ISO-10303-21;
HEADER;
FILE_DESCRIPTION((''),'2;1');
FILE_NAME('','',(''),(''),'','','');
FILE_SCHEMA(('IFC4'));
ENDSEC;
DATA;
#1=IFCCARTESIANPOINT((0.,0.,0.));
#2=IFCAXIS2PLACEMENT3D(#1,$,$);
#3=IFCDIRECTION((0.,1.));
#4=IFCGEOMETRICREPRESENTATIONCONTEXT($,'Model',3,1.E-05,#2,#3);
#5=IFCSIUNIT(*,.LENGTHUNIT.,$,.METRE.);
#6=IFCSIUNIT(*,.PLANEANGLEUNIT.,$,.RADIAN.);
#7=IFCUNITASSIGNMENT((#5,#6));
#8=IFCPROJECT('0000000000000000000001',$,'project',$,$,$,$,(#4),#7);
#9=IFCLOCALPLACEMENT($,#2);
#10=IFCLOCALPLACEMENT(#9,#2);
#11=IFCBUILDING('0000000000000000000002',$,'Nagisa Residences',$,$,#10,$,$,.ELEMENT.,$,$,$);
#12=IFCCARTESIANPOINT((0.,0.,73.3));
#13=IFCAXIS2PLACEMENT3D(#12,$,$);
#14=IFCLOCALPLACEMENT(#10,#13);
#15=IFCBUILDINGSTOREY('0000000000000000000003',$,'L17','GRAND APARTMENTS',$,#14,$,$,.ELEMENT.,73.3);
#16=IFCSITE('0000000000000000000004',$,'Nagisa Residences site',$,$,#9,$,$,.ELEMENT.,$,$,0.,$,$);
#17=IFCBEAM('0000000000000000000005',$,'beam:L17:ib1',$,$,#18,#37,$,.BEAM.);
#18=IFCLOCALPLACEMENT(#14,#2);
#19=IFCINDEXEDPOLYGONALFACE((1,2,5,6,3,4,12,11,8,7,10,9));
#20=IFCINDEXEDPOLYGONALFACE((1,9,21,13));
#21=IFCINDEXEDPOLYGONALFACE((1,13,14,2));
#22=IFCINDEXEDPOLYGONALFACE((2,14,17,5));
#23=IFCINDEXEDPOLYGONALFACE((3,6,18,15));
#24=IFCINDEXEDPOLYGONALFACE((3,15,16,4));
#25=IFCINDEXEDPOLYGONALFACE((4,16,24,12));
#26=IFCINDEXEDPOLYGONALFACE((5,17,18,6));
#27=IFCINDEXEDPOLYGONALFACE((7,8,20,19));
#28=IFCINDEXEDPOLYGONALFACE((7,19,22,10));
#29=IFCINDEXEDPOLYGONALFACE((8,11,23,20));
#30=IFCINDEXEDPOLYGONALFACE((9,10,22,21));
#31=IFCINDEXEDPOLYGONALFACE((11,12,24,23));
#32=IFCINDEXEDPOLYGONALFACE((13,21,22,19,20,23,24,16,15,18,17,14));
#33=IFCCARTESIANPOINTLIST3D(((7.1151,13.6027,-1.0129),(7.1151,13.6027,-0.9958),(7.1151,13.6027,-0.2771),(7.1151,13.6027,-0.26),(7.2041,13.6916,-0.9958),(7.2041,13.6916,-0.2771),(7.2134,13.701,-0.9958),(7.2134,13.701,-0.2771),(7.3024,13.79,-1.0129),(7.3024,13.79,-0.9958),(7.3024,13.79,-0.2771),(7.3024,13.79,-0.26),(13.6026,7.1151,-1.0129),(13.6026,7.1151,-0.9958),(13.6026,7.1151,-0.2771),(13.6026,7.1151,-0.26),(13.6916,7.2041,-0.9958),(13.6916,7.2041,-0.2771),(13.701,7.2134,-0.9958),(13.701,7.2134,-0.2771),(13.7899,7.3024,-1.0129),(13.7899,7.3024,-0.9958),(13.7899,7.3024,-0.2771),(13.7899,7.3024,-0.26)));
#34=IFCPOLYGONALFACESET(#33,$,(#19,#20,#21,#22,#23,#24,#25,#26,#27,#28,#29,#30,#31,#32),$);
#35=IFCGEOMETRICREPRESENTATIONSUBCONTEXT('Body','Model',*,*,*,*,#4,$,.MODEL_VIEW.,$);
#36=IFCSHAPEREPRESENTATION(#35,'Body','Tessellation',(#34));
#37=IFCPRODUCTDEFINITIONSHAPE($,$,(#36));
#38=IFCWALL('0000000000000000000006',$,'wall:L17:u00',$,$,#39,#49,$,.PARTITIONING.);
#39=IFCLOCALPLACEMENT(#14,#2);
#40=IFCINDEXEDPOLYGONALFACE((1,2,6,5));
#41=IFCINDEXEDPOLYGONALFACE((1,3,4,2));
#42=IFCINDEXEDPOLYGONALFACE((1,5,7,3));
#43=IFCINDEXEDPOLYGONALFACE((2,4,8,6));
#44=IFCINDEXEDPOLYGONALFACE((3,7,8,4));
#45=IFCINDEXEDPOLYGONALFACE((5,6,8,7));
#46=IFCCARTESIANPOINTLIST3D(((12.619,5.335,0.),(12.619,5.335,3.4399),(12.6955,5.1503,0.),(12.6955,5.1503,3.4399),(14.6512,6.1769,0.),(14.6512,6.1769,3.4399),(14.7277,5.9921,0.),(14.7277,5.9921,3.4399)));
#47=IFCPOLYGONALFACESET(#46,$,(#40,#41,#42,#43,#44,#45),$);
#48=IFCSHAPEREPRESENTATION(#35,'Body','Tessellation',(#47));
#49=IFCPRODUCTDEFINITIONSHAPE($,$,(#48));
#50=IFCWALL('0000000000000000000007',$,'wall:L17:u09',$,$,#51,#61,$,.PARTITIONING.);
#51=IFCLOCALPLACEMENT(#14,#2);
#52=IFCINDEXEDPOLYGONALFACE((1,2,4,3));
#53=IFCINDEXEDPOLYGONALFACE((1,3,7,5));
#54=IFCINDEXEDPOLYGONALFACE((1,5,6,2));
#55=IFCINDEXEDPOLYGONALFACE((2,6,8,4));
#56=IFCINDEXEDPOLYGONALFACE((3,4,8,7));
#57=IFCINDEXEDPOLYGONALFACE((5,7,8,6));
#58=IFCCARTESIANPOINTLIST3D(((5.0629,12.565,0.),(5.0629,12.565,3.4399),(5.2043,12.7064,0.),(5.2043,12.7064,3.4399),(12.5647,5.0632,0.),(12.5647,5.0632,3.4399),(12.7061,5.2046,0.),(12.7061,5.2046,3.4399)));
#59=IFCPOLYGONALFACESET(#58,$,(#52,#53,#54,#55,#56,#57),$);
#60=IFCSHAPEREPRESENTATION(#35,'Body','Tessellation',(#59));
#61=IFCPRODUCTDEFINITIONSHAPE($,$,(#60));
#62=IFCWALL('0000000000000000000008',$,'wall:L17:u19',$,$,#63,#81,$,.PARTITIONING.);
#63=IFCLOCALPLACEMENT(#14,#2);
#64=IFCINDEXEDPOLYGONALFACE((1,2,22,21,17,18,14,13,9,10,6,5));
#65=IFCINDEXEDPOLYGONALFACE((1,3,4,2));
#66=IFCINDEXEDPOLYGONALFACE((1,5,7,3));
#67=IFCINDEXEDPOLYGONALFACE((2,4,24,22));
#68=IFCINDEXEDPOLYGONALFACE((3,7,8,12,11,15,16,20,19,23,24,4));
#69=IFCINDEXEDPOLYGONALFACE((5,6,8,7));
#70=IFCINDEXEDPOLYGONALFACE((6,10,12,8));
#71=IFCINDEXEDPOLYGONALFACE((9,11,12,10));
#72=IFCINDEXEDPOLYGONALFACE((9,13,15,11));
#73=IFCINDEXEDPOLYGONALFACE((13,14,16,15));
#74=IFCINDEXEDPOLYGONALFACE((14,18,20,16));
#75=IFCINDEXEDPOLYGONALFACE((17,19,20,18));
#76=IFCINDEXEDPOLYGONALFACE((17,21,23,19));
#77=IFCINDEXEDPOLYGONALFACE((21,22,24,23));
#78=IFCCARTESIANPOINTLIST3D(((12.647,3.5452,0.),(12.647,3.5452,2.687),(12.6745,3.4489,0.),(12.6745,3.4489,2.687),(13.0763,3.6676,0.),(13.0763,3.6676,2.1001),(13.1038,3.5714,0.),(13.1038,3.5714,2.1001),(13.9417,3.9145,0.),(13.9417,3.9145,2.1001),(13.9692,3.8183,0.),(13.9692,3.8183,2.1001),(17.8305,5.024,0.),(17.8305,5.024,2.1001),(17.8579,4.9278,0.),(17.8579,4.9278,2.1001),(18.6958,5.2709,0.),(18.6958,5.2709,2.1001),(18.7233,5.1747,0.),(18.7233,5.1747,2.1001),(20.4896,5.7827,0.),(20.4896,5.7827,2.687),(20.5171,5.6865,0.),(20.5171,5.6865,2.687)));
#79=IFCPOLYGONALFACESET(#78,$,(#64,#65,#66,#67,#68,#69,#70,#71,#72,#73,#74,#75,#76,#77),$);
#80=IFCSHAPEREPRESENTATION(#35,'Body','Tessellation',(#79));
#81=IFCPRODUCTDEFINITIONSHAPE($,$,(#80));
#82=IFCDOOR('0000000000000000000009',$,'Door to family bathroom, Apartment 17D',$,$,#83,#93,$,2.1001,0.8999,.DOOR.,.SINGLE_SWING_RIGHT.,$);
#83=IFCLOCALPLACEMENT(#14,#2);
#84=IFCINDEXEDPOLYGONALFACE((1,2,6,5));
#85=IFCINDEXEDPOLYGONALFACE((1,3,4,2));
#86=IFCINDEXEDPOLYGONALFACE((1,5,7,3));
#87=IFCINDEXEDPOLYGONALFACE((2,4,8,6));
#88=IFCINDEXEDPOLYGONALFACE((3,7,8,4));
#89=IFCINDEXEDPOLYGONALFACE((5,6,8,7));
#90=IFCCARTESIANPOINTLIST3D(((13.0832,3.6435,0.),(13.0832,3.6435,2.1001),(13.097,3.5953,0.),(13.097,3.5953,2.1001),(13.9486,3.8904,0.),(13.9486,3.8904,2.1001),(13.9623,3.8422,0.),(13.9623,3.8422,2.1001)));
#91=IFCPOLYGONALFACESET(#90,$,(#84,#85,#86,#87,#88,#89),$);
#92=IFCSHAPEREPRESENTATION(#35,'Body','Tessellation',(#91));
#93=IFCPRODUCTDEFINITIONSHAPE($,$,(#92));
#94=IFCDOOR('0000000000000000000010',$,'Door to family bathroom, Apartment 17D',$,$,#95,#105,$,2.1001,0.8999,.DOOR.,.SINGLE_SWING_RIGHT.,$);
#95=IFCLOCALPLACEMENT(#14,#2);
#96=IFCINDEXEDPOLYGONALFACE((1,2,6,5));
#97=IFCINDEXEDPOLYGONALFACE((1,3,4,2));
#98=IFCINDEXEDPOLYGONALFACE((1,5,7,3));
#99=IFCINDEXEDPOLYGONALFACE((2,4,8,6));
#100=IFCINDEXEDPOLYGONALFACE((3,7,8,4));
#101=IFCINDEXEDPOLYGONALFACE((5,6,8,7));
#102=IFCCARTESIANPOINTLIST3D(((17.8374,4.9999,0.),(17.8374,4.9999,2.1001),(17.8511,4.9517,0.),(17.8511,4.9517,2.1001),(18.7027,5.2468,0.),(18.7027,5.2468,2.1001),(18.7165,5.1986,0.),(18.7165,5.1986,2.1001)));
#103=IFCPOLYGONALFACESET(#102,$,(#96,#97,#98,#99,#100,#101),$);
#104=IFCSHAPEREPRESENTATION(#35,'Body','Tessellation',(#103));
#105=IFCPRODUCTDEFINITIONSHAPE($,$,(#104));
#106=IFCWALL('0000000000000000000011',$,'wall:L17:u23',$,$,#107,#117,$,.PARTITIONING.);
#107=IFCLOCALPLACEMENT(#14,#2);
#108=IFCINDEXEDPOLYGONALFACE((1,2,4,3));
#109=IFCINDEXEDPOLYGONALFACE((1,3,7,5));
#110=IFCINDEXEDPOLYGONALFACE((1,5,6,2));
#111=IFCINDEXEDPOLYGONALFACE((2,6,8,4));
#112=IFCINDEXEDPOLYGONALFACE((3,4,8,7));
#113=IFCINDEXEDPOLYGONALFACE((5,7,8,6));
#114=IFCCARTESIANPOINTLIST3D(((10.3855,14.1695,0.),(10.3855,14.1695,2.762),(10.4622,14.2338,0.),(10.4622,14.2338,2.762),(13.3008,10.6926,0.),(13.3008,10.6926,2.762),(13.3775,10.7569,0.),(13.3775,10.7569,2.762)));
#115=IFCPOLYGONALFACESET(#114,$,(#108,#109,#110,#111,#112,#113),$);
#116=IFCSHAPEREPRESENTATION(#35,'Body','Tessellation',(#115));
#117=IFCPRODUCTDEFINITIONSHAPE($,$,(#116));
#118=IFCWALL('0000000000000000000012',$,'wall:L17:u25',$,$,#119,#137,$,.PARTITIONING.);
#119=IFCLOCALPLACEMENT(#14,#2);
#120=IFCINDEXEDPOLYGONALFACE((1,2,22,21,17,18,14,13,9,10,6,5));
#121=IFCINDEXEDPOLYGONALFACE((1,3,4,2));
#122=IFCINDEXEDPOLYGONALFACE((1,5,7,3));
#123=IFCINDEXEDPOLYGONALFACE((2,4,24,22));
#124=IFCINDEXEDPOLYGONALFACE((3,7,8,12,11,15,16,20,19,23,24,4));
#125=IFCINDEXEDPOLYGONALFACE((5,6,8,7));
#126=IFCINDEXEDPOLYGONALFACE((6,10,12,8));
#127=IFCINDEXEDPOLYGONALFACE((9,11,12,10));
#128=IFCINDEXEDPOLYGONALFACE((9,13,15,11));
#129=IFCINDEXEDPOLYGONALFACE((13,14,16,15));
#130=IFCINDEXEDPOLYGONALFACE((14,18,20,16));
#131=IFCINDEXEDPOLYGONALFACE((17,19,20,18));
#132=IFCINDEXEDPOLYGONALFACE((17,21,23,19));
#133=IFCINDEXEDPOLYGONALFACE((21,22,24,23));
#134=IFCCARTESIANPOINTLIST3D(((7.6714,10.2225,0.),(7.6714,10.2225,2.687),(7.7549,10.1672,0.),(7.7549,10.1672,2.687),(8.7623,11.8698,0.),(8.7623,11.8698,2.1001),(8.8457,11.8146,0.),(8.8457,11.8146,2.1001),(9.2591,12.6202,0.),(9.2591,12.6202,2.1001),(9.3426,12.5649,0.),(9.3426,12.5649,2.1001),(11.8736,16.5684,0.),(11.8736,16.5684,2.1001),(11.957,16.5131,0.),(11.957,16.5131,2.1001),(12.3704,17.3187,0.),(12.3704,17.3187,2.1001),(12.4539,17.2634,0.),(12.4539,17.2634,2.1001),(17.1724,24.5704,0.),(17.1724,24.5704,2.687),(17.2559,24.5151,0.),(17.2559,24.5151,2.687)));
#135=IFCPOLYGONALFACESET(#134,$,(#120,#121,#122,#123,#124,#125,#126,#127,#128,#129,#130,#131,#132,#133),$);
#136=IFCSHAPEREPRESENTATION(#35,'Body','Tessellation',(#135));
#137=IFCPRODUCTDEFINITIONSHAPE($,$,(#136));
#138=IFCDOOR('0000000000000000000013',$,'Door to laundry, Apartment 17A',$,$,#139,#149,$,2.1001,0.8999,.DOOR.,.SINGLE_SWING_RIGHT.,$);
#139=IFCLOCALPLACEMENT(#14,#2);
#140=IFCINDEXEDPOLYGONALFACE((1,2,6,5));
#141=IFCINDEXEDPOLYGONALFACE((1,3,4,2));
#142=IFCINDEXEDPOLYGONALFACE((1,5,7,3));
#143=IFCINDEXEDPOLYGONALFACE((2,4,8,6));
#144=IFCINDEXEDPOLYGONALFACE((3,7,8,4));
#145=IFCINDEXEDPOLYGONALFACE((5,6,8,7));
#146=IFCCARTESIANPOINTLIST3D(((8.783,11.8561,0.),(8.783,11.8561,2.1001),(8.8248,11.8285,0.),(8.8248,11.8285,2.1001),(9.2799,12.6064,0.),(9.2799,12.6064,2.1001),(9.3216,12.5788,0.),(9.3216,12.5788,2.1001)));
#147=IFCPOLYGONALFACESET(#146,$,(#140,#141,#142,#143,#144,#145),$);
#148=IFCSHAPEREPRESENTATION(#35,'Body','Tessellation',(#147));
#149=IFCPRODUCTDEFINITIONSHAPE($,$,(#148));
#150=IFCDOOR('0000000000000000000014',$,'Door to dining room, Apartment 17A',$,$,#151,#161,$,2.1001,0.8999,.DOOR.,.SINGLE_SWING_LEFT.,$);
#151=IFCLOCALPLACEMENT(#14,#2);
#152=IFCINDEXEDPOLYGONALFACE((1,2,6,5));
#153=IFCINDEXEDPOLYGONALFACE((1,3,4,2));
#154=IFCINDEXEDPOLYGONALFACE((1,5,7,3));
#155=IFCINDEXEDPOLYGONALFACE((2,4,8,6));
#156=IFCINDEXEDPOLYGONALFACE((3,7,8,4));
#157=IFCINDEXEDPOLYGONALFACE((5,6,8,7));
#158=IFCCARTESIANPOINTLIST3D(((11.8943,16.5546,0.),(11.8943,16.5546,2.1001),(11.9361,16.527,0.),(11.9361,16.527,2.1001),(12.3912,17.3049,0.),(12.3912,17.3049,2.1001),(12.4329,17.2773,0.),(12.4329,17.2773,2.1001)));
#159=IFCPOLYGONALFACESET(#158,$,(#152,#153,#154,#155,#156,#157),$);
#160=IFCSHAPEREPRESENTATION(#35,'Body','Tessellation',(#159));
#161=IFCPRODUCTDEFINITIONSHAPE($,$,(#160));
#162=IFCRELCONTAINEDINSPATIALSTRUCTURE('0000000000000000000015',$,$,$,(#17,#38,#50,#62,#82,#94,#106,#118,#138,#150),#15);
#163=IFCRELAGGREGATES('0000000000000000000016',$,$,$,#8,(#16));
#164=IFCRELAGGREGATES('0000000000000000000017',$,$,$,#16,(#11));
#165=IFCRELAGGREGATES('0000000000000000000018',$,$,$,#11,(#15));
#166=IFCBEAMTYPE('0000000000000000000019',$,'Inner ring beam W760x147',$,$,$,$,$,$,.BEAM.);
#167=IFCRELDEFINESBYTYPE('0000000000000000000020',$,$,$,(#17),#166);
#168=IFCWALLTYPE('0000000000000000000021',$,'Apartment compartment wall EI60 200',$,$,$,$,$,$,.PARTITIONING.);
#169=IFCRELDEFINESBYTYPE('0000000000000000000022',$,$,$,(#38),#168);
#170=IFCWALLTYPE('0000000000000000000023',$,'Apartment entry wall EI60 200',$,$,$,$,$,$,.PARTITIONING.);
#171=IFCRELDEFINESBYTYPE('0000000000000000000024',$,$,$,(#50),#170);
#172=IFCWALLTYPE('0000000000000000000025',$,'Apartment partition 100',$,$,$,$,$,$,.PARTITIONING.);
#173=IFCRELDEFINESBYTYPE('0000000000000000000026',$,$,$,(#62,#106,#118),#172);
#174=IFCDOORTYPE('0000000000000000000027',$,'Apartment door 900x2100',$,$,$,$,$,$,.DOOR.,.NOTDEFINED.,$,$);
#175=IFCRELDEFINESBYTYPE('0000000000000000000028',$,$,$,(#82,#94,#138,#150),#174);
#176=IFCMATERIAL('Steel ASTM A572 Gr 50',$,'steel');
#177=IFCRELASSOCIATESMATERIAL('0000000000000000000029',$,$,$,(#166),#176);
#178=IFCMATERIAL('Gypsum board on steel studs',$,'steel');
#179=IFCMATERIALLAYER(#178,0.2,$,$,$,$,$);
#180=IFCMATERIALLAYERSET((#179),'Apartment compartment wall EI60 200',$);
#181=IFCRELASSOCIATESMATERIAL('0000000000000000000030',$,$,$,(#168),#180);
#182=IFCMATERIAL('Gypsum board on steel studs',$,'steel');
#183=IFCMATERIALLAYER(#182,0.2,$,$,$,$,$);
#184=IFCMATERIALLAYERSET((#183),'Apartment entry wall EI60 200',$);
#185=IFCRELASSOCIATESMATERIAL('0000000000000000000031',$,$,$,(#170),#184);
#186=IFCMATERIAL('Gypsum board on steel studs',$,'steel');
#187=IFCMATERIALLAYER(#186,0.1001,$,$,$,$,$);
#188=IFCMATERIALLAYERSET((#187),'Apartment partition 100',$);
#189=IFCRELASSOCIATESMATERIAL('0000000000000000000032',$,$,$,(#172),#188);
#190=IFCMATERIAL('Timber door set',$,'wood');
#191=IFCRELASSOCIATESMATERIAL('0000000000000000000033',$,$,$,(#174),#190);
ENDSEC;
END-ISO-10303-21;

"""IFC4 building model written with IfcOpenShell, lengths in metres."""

from ifc_helpers import new_model, si_unit, direction, frame, frame_2d, origin, origin_2d, place, context, subcontext, project, spatial, rectangle, i_section, extrude, material, layer, layer_set, material_profile, profile_set, type_object, element, fill, save


model = new_model("IFC4")

# Units and contexts
model_context = context("Model", 3, precision=1e-05, world=origin(), true_north=direction((0.0, 1.0)))
body_context = subcontext(model_context, "Body", "Model", "MODEL_VIEW")
ifc_project = project(units=[si_unit("LENGTHUNIT", "METRE"), si_unit("PLANEANGLEUNIT", "RADIAN")], contexts=[model_context])

# Site, building, storey
site_placement = place(None, origin())
site = spatial("IfcSite", under=ifc_project, at=site_placement, Name="Nagisa Residences site", CompositionType="ELEMENT", RefElevation=0.0)
building_placement = place(site_placement, origin())
building = spatial("IfcBuilding", under=site, at=building_placement, Name="Nagisa Residences", CompositionType="ELEMENT")
storey_placement = place(building_placement, frame((0.0, 0.0, 73.3)))
storey = spatial("IfcBuildingStorey", under=building, at=storey_placement, Name="L17", Description="GRAND APARTMENTS", CompositionType="ELEMENT", Elevation=73.3)

# Beam
ifc_material_1 = material(Name="Steel ASTM A572 Gr 50", Category="steel")
ifc_material_profile = material_profile(ifc_material_1, i_section(OverallWidth=0.2649, OverallDepth=0.7529, WebThickness=0.0132, FlangeThickness=0.0171, at=origin_2d()), Name="W760x147")
ifc_profile_set = profile_set([ifc_material_profile], Name="Steel ASTM A572 Gr 50")
beam_type = type_object("IfcBeamType", Name="Inner ring beam W760x147", PredefinedType="BEAM", material=ifc_profile_set)
beam_placement = place(storey_placement, frame((13.6963, 7.2087, -0.6365), z_axis=(-0.707107, 0.707107, 0.0), x_axis=(-0.707107, -0.707107, 0.0)))
element("IfcBeam", 1, at=beam_placement, inside=storey, type_object=beam_type, Name="beam:L17:ib1", PredefinedType="BEAM", context=body_context, shape_type="SweptSolid", body=[
    extrude(i_section(OverallWidth=0.2649, OverallDepth=0.7529, WebThickness=0.0132, FlangeThickness=0.0171, at=origin_2d()), origin(), (0.0, 0.0, 1.0), 9.1748),
])

# Walls
ifc_material_2 = material(Name="Gypsum board on steel studs", Category="steel")
ifc_layer_1 = layer(ifc_material_2, 0.2)
ifc_layer_set_1 = layer_set([ifc_layer_1], Name="Apartment compartment wall EI60 200")
wall_type_1 = type_object("IfcWallType", Name="Apartment compartment wall EI60 200", PredefinedType="PARTITIONING", material=ifc_layer_set_1)
wall_1_placement = place(storey_placement, frame((12.6572, 5.2427, 0.0), z_axis=(0.0, 0.0, 1.0), x_axis=(0.923876, 0.382692, 0.0)))
element("IfcWall", 2, at=wall_1_placement, inside=storey, type_object=wall_type_1, Name="wall:L17:u00", PredefinedType="PARTITIONING", context=body_context, shape_type="SweptSolid", body=[
    extrude(rectangle(XDim=2.1997, YDim=0.2, at=frame_2d((1.0999, 0.0))), origin(), (0.0, 0.0, 1.0), 3.4399),
])
ifc_material_3 = material(Name="Gypsum board on steel studs", Category="steel")
ifc_layer_2 = layer(ifc_material_3, 0.2)
ifc_layer_set_2 = layer_set([ifc_layer_2], Name="Apartment entry wall EI60 200")
wall_type_2 = type_object("IfcWallType", Name="Apartment entry wall EI60 200", PredefinedType="PARTITIONING", material=ifc_layer_set_2)
wall_2_placement = place(storey_placement, frame((12.6355, 5.1338, 0.0), z_axis=(0.0, 0.0, 1.0), x_axis=(-0.707107, 0.707107, 0.0)))
element("IfcWall", 3, at=wall_2_placement, inside=storey, type_object=wall_type_2, Name="wall:L17:u09", PredefinedType="PARTITIONING", context=body_context, shape_type="SweptSolid", body=[
    extrude(rectangle(XDim=10.6091, YDim=0.2, at=frame_2d((5.3047, 0.0))), origin(), (0.0, 0.0, 1.0), 3.4399),
])

# Wall, openings, doors
ifc_material_4 = material(Name="Gypsum board on steel studs", Category="steel")
ifc_layer_3 = layer(ifc_material_4, 0.1001)
ifc_layer_set_3 = layer_set([ifc_layer_3], Name="Apartment partition 100")
wall_type_3 = type_object("IfcWallType", Name="Apartment partition 100", PredefinedType="PARTITIONING", material=ifc_layer_set_3)
wall_3_placement = place(storey_placement, frame((12.6609, 3.4971, 0.0), z_axis=(0.0, 0.0, 1.0), x_axis=(0.961627, 0.274361, 0.0)))
wall_3 = element("IfcWall", 4, at=wall_3_placement, inside=storey, type_object=wall_type_3, Name="wall:L17:u19", PredefinedType="PARTITIONING", context=body_context, shape_type="SweptSolid", body=[
    extrude(rectangle(XDim=8.1555, YDim=0.1001, at=frame_2d((4.0776, 0.0))), origin(), (0.0, 0.0, 1.0), 2.687),
])
opening_1_placement = place(wall_3_placement, frame((0.4463, 0.0, 0.0)))
opening_1 = element("IfcOpeningElement", 5, at=opening_1_placement, cuts=wall_3, PredefinedType="OPENING", context=body_context, shape_type="SweptSolid", body=[
    extrude(rectangle(XDim=0.8999, YDim=2.1001, at=frame_2d((0.45, 1.05))), frame((0.0, 0.0601, 0.0), z_axis=(0.0, -1.0, 0.0), x_axis=(1.0, 0.0, 0.0)), (0.0, 0.0, 1.0), 0.1201),
])
opening_2_placement = place(wall_3_placement, frame((5.3901, 0.0, 0.0)))
opening_2 = element("IfcOpeningElement", 6, at=opening_2_placement, cuts=wall_3, PredefinedType="OPENING", context=body_context, shape_type="SweptSolid", body=[
    extrude(rectangle(XDim=0.8999, YDim=2.1001, at=frame_2d((0.45, 1.05))), frame((0.0, 0.0601, 0.0), z_axis=(0.0, -1.0, 0.0), x_axis=(1.0, 0.0, 0.0)), (0.0, 0.0, 1.0), 0.1201),
])
ifc_material_5 = material(Name="Timber door set", Category="wood")
door_type_1 = type_object("IfcDoorType", Name="Apartment door 900x2100", OperationType="NOTDEFINED", PredefinedType="DOOR", material=ifc_material_5)
door_1_placement = place(opening_1_placement, origin())
door_1 = element("IfcDoor", 7, at=door_1_placement, inside=storey, type_object=door_type_1, Name="Door to family bathroom, Apartment 17D", OperationType="SINGLE_SWING_RIGHT", OverallHeight=2.1001, OverallWidth=0.8999, PredefinedType="DOOR", context=body_context, shape_type="SweptSolid", body=[
    extrude(rectangle(XDim=0.8999, YDim=2.1001, at=frame_2d((0.45, 1.05))), frame((0.0, 0.0249, 0.0), z_axis=(0.0, -1.0, 0.0), x_axis=(1.0, 0.0, 0.0)), (0.0, 0.0, 1.0), 0.05),
])
fill(opening_1, door_1)
door_2_placement = place(opening_2_placement, origin())
door_2 = element("IfcDoor", 8, at=door_2_placement, inside=storey, type_object=door_type_1, Name="Door to family bathroom, Apartment 17D", OperationType="SINGLE_SWING_RIGHT", OverallHeight=2.1001, OverallWidth=0.8999, PredefinedType="DOOR", context=body_context, shape_type="SweptSolid", body=[
    extrude(rectangle(XDim=0.8999, YDim=2.1001, at=frame_2d((0.45, 1.05))), frame((0.0, 0.0249, 0.0), z_axis=(0.0, -1.0, 0.0), x_axis=(1.0, 0.0, 0.0)), (0.0, 0.0, 1.0), 0.05),
])
fill(opening_2, door_2)

# Wall
wall_4_placement = place(storey_placement, frame((13.3391, 10.7249, 0.0), z_axis=(0.0, 0.0, 1.0), x_axis=(-0.642515, 0.766273, 0.0)))
element("IfcWall", 9, at=wall_4_placement, inside=storey, type_object=wall_type_3, Name="wall:L17:u23", PredefinedType="PARTITIONING", context=body_context, shape_type="SweptSolid", body=[
    extrude(rectangle(XDim=4.5374, YDim=0.1001, at=frame_2d((2.2686, 0.0))), origin(), (0.0, 0.0, 1.0), 2.762),
])

# Wall, openings, doors
wall_5_placement = place(storey_placement, frame((7.7131, 10.1948, 0.0), z_axis=(0.0, 0.0, 1.0), x_axis=(0.552111, 0.833771, 0.0)))
wall_5 = element("IfcWall", 10, at=wall_5_placement, inside=storey, type_object=wall_type_3, Name="wall:L17:u25", PredefinedType="PARTITIONING", context=body_context, shape_type="SweptSolid", body=[
    extrude(rectangle(XDim=17.2085, YDim=0.1001, at=frame_2d((8.6042, 0.0))), origin(), (0.0, 0.0, 1.0), 2.687),
])
opening_3_placement = place(wall_5_placement, frame((1.9758, 0.0, 0.0)))
opening_3 = element("IfcOpeningElement", 11, at=opening_3_placement, cuts=wall_5, PredefinedType="OPENING", context=body_context, shape_type="SweptSolid", body=[
    extrude(rectangle(XDim=0.8999, YDim=2.1001, at=frame_2d((0.45, 1.05))), frame((0.0, 0.0601, 0.0), z_axis=(0.0, -1.0, 0.0), x_axis=(1.0, 0.0, 0.0)), (0.0, 0.0, 1.0), 0.1201),
])
opening_4_placement = place(wall_5_placement, frame((7.6111, 0.0, 0.0)))
opening_4 = element("IfcOpeningElement", 12, at=opening_4_placement, cuts=wall_5, PredefinedType="OPENING", context=body_context, shape_type="SweptSolid", body=[
    extrude(rectangle(XDim=0.8999, YDim=2.1001, at=frame_2d((0.45, 1.05))), frame((0.0, 0.0601, 0.0), z_axis=(0.0, -1.0, 0.0), x_axis=(1.0, 0.0, 0.0)), (0.0, 0.0, 1.0), 0.1201),
])
door_3_placement = place(opening_3_placement, frame((0.8999, 0.0, 0.0), x_axis=(-1.0, 0.0, 0.0)))
door_3 = element("IfcDoor", 13, at=door_3_placement, inside=storey, type_object=door_type_1, Name="Door to laundry, Apartment 17A", OperationType="SINGLE_SWING_RIGHT", OverallHeight=2.1001, OverallWidth=0.8999, PredefinedType="DOOR", context=body_context, shape_type="SweptSolid", body=[
    extrude(rectangle(XDim=0.8999, YDim=2.1001, at=frame_2d((0.45, 1.05))), frame((0.0, 0.0249, 0.0), z_axis=(0.0, -1.0, 0.0), x_axis=(1.0, 0.0, 0.0)), (0.0, 0.0, 1.0), 0.05),
])
fill(opening_3, door_3)
door_4_placement = place(opening_4_placement, frame((0.8999, 0.0, 0.0), x_axis=(-1.0, 0.0, 0.0)))
door_4 = element("IfcDoor", 14, at=door_4_placement, inside=storey, type_object=door_type_1, Name="Door to dining room, Apartment 17A", OperationType="SINGLE_SWING_LEFT", OverallHeight=2.1001, OverallWidth=0.8999, PredefinedType="DOOR", context=body_context, shape_type="SweptSolid", body=[
    extrude(rectangle(XDim=0.8999, YDim=2.1001, at=frame_2d((0.45, 1.05))), frame((0.0, 0.0249, 0.0), z_axis=(0.0, -1.0, 0.0), x_axis=(1.0, 0.0, 0.0)), (0.0, 0.0, 1.0), 0.05),
])
fill(opening_4, door_4)

save(model, "model.ifc")
